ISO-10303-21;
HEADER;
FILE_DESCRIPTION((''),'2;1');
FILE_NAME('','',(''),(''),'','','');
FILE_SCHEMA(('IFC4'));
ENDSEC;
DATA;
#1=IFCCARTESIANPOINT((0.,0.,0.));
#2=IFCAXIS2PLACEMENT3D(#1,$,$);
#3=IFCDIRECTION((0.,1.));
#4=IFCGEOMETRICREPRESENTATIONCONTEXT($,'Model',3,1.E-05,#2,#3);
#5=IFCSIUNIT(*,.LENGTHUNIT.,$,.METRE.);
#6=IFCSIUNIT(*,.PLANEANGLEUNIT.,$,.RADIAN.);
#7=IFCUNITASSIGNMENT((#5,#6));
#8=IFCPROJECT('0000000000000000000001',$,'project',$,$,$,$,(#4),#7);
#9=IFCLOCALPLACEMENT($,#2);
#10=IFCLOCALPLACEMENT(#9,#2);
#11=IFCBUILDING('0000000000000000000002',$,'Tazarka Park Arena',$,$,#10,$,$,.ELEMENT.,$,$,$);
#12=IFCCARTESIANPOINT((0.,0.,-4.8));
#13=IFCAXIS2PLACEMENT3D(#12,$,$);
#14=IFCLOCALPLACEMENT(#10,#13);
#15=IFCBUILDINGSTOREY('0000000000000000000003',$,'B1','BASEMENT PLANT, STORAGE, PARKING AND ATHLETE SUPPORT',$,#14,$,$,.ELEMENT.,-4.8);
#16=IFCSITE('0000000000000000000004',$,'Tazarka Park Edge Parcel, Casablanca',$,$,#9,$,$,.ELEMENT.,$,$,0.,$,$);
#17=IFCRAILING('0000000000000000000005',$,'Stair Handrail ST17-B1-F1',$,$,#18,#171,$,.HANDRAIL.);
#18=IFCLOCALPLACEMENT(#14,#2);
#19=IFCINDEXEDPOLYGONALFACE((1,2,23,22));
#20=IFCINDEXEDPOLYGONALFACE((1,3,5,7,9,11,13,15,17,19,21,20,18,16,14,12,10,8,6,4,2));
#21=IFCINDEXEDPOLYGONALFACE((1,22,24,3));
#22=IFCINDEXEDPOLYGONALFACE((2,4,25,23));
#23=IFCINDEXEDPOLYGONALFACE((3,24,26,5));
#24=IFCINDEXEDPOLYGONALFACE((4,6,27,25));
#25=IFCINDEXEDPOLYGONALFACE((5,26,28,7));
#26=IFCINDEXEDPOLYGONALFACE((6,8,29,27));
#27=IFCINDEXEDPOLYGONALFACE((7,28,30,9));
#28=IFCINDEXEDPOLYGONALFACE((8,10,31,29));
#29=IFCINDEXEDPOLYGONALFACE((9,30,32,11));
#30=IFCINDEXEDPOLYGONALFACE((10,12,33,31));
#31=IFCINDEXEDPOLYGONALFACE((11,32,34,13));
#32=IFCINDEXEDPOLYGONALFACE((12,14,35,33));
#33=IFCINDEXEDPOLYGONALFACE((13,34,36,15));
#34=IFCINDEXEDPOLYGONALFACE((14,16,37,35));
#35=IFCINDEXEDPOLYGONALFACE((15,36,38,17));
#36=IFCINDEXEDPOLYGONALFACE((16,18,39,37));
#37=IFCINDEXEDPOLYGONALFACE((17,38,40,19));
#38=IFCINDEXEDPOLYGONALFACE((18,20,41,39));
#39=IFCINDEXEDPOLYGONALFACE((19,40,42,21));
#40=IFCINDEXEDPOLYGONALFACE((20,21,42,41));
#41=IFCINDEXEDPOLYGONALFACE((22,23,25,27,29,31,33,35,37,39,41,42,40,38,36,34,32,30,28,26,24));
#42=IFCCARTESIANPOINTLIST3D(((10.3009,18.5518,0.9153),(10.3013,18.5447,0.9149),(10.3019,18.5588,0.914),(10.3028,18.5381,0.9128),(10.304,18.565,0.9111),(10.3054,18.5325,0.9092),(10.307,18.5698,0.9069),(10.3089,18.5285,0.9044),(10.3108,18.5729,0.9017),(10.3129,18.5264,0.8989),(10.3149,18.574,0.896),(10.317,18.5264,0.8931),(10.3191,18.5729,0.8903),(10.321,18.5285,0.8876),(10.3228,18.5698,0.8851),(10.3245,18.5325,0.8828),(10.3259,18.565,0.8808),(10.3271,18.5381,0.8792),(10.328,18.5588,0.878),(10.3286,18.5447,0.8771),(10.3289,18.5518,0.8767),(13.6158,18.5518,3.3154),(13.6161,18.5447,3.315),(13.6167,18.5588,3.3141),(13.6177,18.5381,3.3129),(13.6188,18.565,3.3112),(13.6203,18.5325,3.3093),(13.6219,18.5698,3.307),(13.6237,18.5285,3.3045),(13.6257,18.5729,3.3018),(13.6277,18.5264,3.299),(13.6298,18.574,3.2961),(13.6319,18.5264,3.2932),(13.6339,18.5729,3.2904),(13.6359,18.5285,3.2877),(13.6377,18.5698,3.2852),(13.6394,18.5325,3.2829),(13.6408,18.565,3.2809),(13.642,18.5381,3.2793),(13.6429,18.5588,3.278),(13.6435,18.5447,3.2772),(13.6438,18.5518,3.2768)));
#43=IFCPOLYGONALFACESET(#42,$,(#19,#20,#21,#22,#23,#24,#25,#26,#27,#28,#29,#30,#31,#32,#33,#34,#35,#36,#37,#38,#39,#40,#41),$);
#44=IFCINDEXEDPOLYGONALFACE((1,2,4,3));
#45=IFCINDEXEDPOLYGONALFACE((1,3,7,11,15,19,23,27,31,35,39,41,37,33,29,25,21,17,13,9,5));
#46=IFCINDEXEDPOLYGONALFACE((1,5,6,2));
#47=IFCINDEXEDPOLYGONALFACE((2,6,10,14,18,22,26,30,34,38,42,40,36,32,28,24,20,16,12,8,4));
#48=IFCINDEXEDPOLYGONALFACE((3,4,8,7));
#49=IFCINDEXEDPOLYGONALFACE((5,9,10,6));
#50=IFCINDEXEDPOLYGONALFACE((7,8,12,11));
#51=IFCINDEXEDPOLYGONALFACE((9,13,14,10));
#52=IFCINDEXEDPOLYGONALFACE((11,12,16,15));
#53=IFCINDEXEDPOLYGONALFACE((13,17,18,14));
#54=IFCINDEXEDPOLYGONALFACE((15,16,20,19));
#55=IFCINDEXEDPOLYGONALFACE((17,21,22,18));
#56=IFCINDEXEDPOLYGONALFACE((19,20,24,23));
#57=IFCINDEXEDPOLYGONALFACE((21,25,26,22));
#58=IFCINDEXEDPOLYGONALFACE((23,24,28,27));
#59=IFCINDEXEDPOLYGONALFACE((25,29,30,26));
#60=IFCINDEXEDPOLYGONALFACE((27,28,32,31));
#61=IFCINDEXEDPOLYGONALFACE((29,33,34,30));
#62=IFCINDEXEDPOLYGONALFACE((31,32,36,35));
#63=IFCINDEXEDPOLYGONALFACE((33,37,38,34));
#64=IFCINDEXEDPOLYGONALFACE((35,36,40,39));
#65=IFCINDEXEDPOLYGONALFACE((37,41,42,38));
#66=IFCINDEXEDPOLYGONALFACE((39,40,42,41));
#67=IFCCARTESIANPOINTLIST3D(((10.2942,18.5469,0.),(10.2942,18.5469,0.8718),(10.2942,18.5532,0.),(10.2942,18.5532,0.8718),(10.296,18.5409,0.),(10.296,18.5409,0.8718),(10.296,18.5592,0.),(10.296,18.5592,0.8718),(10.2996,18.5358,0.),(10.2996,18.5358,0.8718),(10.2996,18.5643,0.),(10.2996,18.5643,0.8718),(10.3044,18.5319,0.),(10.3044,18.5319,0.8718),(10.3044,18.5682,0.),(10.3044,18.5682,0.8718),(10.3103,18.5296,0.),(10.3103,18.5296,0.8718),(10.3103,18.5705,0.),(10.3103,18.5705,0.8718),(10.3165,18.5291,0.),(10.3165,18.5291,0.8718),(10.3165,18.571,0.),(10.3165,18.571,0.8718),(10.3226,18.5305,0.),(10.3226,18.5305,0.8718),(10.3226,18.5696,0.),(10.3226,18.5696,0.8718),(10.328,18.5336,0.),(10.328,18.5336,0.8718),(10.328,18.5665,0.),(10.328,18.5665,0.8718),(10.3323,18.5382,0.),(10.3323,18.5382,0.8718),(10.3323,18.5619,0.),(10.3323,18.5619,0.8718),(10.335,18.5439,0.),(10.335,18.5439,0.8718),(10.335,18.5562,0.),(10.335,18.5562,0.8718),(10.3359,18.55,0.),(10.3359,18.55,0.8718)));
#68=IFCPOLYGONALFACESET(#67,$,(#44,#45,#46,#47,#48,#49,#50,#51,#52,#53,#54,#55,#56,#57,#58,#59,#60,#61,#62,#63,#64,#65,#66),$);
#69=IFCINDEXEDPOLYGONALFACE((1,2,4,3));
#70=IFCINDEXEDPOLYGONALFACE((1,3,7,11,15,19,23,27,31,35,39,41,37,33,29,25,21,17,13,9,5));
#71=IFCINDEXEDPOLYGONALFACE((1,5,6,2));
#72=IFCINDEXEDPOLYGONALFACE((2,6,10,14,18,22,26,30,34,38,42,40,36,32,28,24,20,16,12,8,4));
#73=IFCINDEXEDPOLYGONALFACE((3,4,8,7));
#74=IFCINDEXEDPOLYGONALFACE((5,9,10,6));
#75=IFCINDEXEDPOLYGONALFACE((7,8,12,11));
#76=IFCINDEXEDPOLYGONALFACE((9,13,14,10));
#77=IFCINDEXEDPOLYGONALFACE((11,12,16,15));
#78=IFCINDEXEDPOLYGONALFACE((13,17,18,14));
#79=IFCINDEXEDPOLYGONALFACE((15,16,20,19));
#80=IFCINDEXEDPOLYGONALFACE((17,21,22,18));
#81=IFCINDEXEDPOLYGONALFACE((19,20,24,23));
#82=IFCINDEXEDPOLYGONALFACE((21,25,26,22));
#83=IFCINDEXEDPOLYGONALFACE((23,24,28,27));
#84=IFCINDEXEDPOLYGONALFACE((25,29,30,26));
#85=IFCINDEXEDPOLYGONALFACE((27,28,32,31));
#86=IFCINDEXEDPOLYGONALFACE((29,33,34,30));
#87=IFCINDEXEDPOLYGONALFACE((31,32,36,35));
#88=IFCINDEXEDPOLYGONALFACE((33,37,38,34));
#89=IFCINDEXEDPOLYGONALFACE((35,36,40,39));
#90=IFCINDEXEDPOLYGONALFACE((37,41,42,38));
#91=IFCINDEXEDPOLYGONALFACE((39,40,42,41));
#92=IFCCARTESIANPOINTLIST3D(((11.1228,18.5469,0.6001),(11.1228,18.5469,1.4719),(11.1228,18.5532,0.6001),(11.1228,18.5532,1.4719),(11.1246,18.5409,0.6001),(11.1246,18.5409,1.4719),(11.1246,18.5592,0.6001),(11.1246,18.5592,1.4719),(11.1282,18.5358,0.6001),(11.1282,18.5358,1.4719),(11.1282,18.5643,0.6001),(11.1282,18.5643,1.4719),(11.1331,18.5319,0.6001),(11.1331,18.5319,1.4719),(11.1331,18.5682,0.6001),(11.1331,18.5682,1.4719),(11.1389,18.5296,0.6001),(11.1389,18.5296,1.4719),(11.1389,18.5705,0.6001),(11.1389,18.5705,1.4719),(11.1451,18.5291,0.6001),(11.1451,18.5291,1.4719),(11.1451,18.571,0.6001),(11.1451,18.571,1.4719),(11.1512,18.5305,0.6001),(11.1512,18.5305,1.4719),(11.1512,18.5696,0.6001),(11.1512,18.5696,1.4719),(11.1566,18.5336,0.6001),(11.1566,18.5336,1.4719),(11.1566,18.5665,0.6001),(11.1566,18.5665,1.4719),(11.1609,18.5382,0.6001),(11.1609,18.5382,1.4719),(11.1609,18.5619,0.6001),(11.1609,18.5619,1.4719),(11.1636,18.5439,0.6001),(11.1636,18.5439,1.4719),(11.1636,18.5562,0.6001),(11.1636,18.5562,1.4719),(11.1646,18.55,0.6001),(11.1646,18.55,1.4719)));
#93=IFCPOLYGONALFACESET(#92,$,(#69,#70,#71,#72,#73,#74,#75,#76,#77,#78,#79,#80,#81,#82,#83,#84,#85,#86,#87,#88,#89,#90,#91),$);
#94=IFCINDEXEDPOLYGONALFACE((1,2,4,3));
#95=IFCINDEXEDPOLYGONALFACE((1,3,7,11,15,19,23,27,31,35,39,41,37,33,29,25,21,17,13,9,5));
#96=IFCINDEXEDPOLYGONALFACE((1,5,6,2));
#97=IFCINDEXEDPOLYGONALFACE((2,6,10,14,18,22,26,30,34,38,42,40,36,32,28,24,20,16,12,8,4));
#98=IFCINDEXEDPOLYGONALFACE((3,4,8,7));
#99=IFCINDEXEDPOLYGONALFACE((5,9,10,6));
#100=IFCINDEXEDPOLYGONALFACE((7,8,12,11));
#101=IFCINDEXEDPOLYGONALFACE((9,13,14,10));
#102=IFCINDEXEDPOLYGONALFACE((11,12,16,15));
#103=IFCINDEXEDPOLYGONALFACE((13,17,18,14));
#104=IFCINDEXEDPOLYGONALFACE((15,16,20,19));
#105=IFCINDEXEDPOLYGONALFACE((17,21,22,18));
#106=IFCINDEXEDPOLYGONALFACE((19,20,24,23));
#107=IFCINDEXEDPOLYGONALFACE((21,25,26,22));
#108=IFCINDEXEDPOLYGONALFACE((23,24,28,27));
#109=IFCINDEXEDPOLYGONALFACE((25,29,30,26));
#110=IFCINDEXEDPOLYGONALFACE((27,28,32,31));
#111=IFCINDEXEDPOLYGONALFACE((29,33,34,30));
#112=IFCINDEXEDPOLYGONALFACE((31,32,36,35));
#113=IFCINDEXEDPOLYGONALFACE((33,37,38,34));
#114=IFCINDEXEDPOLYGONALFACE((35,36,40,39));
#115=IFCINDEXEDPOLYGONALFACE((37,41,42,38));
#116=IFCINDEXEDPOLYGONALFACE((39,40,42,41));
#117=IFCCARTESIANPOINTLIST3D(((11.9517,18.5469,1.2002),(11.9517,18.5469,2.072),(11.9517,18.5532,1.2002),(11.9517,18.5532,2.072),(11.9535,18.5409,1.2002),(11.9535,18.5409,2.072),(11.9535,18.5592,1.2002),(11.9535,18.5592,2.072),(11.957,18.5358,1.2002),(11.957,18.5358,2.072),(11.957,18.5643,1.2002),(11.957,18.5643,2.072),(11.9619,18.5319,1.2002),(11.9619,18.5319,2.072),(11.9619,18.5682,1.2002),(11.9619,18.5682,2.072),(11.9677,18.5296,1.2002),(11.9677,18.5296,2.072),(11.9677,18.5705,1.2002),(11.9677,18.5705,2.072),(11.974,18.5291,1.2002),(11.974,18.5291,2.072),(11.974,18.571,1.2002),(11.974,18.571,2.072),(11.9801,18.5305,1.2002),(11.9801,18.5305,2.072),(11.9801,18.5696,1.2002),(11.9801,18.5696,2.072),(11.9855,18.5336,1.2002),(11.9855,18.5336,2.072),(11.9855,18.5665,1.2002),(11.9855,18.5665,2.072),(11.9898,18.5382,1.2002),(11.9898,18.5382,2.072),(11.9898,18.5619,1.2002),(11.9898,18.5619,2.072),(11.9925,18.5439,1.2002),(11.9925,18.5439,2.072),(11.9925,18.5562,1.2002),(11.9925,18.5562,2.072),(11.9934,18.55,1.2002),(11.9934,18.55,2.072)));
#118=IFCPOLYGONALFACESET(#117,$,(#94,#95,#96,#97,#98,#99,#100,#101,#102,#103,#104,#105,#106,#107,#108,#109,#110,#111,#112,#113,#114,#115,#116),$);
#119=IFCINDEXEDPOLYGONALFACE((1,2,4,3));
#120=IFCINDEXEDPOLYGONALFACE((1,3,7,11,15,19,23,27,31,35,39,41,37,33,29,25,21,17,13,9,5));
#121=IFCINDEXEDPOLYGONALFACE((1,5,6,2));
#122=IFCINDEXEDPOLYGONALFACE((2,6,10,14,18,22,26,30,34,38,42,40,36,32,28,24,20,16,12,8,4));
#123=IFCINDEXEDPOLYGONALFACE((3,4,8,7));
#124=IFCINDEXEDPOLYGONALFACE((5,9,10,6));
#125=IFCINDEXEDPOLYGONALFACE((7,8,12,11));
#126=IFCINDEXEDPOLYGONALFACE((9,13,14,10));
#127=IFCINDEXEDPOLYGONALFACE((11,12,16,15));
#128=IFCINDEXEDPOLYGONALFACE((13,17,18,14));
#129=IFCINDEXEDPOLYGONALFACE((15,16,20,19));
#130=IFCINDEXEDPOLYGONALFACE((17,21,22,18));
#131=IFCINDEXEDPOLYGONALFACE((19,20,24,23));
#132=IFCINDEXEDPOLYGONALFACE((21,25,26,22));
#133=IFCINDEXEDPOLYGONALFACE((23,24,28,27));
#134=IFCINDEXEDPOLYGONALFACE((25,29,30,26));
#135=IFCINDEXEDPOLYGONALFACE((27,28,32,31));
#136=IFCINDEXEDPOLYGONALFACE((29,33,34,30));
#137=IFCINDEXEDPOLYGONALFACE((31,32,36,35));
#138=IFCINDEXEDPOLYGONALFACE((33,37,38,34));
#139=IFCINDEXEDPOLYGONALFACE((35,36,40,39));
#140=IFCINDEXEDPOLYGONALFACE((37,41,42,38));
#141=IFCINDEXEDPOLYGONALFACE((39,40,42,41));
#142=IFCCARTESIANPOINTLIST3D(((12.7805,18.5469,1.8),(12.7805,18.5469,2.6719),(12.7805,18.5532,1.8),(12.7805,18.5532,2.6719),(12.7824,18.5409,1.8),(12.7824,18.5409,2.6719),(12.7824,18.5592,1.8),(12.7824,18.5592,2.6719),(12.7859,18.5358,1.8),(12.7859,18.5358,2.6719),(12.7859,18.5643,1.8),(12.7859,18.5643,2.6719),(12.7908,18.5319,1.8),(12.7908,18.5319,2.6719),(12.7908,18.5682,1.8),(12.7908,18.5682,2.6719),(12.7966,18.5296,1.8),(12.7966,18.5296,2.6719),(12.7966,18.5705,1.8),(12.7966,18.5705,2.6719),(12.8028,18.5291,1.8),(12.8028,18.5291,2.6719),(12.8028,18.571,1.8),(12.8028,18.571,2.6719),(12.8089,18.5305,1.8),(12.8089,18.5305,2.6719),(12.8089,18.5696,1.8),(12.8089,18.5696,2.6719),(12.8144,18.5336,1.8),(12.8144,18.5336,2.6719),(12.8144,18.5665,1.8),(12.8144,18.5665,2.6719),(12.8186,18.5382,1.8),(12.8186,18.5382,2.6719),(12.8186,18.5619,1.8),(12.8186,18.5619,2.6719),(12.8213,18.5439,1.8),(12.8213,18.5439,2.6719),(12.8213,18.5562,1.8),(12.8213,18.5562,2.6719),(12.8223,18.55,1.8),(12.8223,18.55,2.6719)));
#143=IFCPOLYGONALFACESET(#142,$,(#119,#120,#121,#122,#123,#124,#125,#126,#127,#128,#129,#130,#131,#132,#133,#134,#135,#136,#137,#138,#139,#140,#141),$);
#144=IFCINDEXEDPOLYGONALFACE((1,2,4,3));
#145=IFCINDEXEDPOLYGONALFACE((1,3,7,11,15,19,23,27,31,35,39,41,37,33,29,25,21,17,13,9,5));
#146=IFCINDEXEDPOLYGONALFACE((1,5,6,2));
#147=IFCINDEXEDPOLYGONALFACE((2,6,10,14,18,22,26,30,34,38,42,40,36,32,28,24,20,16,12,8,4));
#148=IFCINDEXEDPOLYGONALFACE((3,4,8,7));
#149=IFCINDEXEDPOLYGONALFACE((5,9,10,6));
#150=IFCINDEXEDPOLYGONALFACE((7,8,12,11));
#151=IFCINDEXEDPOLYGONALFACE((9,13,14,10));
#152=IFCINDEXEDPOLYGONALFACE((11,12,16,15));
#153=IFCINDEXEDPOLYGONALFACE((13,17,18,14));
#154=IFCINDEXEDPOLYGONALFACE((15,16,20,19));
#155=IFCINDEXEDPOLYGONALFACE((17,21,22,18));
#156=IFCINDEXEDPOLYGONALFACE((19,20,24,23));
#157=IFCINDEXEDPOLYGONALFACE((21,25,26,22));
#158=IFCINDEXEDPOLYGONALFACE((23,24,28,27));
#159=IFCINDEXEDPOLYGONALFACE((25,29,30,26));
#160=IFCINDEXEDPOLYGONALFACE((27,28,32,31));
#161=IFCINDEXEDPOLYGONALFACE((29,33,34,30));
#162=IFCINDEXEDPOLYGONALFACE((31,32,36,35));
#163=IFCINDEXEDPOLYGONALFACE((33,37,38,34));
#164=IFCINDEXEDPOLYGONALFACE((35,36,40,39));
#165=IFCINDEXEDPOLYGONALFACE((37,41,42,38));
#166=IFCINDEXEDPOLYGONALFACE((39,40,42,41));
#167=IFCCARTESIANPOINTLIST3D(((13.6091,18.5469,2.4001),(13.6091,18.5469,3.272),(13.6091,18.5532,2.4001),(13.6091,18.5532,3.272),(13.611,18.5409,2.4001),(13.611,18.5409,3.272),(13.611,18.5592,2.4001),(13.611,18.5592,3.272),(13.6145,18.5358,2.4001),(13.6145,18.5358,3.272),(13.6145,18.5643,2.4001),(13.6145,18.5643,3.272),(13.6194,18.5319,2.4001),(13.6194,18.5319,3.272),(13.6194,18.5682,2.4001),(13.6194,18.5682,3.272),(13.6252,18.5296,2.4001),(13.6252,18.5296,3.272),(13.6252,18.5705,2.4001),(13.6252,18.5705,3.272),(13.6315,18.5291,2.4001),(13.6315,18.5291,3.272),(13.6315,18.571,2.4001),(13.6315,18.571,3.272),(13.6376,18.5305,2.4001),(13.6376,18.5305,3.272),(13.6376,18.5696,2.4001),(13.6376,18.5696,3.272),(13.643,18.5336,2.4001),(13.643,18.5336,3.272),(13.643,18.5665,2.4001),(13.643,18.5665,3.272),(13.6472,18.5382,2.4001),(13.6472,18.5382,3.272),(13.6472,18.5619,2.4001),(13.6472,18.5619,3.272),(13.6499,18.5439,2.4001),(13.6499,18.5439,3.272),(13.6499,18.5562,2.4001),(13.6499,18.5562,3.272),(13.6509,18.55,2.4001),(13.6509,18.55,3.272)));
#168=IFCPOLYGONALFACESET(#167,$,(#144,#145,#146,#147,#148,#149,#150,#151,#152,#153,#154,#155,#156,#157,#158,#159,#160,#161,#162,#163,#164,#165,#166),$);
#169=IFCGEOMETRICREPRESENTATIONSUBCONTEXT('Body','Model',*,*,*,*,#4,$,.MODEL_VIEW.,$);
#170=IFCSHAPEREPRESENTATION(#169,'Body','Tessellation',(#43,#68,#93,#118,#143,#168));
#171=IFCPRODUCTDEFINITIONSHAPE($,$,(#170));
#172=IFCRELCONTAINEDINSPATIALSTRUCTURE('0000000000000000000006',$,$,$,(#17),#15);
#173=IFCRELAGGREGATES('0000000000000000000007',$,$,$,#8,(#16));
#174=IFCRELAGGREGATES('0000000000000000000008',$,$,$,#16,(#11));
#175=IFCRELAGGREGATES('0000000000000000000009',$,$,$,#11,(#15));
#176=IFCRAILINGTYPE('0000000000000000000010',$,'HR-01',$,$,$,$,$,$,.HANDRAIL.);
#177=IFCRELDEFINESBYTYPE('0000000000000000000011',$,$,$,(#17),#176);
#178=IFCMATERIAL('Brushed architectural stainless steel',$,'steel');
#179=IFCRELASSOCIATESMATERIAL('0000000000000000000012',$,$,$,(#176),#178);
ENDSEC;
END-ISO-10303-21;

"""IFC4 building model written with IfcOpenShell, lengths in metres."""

from ifc_helpers import new_model, si_unit, direction, frame, origin, origin_2d, place, context, subcontext, project, spatial, circle, extrude, material, type_object, element, save


model = new_model("IFC4")

# Units and contexts
model_context = context("Model", 3, precision=1e-05, world=origin(), true_north=direction((0.0, 1.0)))
body_context = subcontext(model_context, "Body", "Model", "MODEL_VIEW")
ifc_project = project(units=[si_unit("LENGTHUNIT", "METRE"), si_unit("PLANEANGLEUNIT", "RADIAN")], contexts=[model_context])

# Site, building, storey
site_placement = place(None, origin())
site = spatial("IfcSite", under=ifc_project, at=site_placement, Name="Tazarka Park Edge Parcel, Casablanca", CompositionType="ELEMENT", RefElevation=0.0)
building_placement = place(site_placement, origin())
building = spatial("IfcBuilding", under=site, at=building_placement, Name="Tazarka Park Arena", CompositionType="ELEMENT")
storey_placement = place(building_placement, frame((0.0, 0.0, -4.8)))
storey = spatial("IfcBuildingStorey", under=building, at=storey_placement, Name="B1", Description="BASEMENT PLANT, STORAGE, PARKING AND ATHLETE SUPPORT", CompositionType="ELEMENT", Elevation=-4.8)

# Railing
ifc_material_1 = material(Name="Brushed architectural stainless steel", Category="steel")
railing_type_1 = type_object("IfcRailingType", Name="HR-01", PredefinedType="HANDRAIL", material=ifc_material_1)
railing_1_placement = place(storey_placement, frame((10.3149, 18.55, 0.0)))
element("IfcRailing", 1, at=railing_1_placement, inside=storey, type_object=railing_type_1, Name="Stair Handrail ST17-B1-F1", PredefinedType="HANDRAIL", context=body_context, shape_type="SweptSolid", body=[
    extrude(circle(Radius=0.0239, at=origin_2d()), frame((0.0, 0.0, 0.896), z_axis=(0.80998, 0.0, 0.586457), x_axis=(0.0, 1.0, 0.0)), (0.0, 0.0, 1.0), 4.0925),
    extrude(circle(Radius=0.021, at=origin_2d()), origin(), (0.0, 0.0, 1.0), 0.8718),
    extrude(circle(Radius=0.021, at=origin_2d()), frame((0.8286, 0.0, 0.6001)), (0.0, 0.0, 1.0), 0.8718),
    extrude(circle(Radius=0.021, at=origin_2d()), frame((1.6575, 0.0, 1.2002)), (0.0, 0.0, 1.0), 0.8718),
    extrude(circle(Radius=0.021, at=origin_2d()), frame((2.4863, 0.0, 1.8)), (0.0, 0.0, 1.0), 0.8718),
    extrude(circle(Radius=0.021, at=origin_2d()), frame((3.3149, 0.0, 2.4001)), (0.0, 0.0, 1.0), 0.8718),
])

save(model, "model.ifc")
